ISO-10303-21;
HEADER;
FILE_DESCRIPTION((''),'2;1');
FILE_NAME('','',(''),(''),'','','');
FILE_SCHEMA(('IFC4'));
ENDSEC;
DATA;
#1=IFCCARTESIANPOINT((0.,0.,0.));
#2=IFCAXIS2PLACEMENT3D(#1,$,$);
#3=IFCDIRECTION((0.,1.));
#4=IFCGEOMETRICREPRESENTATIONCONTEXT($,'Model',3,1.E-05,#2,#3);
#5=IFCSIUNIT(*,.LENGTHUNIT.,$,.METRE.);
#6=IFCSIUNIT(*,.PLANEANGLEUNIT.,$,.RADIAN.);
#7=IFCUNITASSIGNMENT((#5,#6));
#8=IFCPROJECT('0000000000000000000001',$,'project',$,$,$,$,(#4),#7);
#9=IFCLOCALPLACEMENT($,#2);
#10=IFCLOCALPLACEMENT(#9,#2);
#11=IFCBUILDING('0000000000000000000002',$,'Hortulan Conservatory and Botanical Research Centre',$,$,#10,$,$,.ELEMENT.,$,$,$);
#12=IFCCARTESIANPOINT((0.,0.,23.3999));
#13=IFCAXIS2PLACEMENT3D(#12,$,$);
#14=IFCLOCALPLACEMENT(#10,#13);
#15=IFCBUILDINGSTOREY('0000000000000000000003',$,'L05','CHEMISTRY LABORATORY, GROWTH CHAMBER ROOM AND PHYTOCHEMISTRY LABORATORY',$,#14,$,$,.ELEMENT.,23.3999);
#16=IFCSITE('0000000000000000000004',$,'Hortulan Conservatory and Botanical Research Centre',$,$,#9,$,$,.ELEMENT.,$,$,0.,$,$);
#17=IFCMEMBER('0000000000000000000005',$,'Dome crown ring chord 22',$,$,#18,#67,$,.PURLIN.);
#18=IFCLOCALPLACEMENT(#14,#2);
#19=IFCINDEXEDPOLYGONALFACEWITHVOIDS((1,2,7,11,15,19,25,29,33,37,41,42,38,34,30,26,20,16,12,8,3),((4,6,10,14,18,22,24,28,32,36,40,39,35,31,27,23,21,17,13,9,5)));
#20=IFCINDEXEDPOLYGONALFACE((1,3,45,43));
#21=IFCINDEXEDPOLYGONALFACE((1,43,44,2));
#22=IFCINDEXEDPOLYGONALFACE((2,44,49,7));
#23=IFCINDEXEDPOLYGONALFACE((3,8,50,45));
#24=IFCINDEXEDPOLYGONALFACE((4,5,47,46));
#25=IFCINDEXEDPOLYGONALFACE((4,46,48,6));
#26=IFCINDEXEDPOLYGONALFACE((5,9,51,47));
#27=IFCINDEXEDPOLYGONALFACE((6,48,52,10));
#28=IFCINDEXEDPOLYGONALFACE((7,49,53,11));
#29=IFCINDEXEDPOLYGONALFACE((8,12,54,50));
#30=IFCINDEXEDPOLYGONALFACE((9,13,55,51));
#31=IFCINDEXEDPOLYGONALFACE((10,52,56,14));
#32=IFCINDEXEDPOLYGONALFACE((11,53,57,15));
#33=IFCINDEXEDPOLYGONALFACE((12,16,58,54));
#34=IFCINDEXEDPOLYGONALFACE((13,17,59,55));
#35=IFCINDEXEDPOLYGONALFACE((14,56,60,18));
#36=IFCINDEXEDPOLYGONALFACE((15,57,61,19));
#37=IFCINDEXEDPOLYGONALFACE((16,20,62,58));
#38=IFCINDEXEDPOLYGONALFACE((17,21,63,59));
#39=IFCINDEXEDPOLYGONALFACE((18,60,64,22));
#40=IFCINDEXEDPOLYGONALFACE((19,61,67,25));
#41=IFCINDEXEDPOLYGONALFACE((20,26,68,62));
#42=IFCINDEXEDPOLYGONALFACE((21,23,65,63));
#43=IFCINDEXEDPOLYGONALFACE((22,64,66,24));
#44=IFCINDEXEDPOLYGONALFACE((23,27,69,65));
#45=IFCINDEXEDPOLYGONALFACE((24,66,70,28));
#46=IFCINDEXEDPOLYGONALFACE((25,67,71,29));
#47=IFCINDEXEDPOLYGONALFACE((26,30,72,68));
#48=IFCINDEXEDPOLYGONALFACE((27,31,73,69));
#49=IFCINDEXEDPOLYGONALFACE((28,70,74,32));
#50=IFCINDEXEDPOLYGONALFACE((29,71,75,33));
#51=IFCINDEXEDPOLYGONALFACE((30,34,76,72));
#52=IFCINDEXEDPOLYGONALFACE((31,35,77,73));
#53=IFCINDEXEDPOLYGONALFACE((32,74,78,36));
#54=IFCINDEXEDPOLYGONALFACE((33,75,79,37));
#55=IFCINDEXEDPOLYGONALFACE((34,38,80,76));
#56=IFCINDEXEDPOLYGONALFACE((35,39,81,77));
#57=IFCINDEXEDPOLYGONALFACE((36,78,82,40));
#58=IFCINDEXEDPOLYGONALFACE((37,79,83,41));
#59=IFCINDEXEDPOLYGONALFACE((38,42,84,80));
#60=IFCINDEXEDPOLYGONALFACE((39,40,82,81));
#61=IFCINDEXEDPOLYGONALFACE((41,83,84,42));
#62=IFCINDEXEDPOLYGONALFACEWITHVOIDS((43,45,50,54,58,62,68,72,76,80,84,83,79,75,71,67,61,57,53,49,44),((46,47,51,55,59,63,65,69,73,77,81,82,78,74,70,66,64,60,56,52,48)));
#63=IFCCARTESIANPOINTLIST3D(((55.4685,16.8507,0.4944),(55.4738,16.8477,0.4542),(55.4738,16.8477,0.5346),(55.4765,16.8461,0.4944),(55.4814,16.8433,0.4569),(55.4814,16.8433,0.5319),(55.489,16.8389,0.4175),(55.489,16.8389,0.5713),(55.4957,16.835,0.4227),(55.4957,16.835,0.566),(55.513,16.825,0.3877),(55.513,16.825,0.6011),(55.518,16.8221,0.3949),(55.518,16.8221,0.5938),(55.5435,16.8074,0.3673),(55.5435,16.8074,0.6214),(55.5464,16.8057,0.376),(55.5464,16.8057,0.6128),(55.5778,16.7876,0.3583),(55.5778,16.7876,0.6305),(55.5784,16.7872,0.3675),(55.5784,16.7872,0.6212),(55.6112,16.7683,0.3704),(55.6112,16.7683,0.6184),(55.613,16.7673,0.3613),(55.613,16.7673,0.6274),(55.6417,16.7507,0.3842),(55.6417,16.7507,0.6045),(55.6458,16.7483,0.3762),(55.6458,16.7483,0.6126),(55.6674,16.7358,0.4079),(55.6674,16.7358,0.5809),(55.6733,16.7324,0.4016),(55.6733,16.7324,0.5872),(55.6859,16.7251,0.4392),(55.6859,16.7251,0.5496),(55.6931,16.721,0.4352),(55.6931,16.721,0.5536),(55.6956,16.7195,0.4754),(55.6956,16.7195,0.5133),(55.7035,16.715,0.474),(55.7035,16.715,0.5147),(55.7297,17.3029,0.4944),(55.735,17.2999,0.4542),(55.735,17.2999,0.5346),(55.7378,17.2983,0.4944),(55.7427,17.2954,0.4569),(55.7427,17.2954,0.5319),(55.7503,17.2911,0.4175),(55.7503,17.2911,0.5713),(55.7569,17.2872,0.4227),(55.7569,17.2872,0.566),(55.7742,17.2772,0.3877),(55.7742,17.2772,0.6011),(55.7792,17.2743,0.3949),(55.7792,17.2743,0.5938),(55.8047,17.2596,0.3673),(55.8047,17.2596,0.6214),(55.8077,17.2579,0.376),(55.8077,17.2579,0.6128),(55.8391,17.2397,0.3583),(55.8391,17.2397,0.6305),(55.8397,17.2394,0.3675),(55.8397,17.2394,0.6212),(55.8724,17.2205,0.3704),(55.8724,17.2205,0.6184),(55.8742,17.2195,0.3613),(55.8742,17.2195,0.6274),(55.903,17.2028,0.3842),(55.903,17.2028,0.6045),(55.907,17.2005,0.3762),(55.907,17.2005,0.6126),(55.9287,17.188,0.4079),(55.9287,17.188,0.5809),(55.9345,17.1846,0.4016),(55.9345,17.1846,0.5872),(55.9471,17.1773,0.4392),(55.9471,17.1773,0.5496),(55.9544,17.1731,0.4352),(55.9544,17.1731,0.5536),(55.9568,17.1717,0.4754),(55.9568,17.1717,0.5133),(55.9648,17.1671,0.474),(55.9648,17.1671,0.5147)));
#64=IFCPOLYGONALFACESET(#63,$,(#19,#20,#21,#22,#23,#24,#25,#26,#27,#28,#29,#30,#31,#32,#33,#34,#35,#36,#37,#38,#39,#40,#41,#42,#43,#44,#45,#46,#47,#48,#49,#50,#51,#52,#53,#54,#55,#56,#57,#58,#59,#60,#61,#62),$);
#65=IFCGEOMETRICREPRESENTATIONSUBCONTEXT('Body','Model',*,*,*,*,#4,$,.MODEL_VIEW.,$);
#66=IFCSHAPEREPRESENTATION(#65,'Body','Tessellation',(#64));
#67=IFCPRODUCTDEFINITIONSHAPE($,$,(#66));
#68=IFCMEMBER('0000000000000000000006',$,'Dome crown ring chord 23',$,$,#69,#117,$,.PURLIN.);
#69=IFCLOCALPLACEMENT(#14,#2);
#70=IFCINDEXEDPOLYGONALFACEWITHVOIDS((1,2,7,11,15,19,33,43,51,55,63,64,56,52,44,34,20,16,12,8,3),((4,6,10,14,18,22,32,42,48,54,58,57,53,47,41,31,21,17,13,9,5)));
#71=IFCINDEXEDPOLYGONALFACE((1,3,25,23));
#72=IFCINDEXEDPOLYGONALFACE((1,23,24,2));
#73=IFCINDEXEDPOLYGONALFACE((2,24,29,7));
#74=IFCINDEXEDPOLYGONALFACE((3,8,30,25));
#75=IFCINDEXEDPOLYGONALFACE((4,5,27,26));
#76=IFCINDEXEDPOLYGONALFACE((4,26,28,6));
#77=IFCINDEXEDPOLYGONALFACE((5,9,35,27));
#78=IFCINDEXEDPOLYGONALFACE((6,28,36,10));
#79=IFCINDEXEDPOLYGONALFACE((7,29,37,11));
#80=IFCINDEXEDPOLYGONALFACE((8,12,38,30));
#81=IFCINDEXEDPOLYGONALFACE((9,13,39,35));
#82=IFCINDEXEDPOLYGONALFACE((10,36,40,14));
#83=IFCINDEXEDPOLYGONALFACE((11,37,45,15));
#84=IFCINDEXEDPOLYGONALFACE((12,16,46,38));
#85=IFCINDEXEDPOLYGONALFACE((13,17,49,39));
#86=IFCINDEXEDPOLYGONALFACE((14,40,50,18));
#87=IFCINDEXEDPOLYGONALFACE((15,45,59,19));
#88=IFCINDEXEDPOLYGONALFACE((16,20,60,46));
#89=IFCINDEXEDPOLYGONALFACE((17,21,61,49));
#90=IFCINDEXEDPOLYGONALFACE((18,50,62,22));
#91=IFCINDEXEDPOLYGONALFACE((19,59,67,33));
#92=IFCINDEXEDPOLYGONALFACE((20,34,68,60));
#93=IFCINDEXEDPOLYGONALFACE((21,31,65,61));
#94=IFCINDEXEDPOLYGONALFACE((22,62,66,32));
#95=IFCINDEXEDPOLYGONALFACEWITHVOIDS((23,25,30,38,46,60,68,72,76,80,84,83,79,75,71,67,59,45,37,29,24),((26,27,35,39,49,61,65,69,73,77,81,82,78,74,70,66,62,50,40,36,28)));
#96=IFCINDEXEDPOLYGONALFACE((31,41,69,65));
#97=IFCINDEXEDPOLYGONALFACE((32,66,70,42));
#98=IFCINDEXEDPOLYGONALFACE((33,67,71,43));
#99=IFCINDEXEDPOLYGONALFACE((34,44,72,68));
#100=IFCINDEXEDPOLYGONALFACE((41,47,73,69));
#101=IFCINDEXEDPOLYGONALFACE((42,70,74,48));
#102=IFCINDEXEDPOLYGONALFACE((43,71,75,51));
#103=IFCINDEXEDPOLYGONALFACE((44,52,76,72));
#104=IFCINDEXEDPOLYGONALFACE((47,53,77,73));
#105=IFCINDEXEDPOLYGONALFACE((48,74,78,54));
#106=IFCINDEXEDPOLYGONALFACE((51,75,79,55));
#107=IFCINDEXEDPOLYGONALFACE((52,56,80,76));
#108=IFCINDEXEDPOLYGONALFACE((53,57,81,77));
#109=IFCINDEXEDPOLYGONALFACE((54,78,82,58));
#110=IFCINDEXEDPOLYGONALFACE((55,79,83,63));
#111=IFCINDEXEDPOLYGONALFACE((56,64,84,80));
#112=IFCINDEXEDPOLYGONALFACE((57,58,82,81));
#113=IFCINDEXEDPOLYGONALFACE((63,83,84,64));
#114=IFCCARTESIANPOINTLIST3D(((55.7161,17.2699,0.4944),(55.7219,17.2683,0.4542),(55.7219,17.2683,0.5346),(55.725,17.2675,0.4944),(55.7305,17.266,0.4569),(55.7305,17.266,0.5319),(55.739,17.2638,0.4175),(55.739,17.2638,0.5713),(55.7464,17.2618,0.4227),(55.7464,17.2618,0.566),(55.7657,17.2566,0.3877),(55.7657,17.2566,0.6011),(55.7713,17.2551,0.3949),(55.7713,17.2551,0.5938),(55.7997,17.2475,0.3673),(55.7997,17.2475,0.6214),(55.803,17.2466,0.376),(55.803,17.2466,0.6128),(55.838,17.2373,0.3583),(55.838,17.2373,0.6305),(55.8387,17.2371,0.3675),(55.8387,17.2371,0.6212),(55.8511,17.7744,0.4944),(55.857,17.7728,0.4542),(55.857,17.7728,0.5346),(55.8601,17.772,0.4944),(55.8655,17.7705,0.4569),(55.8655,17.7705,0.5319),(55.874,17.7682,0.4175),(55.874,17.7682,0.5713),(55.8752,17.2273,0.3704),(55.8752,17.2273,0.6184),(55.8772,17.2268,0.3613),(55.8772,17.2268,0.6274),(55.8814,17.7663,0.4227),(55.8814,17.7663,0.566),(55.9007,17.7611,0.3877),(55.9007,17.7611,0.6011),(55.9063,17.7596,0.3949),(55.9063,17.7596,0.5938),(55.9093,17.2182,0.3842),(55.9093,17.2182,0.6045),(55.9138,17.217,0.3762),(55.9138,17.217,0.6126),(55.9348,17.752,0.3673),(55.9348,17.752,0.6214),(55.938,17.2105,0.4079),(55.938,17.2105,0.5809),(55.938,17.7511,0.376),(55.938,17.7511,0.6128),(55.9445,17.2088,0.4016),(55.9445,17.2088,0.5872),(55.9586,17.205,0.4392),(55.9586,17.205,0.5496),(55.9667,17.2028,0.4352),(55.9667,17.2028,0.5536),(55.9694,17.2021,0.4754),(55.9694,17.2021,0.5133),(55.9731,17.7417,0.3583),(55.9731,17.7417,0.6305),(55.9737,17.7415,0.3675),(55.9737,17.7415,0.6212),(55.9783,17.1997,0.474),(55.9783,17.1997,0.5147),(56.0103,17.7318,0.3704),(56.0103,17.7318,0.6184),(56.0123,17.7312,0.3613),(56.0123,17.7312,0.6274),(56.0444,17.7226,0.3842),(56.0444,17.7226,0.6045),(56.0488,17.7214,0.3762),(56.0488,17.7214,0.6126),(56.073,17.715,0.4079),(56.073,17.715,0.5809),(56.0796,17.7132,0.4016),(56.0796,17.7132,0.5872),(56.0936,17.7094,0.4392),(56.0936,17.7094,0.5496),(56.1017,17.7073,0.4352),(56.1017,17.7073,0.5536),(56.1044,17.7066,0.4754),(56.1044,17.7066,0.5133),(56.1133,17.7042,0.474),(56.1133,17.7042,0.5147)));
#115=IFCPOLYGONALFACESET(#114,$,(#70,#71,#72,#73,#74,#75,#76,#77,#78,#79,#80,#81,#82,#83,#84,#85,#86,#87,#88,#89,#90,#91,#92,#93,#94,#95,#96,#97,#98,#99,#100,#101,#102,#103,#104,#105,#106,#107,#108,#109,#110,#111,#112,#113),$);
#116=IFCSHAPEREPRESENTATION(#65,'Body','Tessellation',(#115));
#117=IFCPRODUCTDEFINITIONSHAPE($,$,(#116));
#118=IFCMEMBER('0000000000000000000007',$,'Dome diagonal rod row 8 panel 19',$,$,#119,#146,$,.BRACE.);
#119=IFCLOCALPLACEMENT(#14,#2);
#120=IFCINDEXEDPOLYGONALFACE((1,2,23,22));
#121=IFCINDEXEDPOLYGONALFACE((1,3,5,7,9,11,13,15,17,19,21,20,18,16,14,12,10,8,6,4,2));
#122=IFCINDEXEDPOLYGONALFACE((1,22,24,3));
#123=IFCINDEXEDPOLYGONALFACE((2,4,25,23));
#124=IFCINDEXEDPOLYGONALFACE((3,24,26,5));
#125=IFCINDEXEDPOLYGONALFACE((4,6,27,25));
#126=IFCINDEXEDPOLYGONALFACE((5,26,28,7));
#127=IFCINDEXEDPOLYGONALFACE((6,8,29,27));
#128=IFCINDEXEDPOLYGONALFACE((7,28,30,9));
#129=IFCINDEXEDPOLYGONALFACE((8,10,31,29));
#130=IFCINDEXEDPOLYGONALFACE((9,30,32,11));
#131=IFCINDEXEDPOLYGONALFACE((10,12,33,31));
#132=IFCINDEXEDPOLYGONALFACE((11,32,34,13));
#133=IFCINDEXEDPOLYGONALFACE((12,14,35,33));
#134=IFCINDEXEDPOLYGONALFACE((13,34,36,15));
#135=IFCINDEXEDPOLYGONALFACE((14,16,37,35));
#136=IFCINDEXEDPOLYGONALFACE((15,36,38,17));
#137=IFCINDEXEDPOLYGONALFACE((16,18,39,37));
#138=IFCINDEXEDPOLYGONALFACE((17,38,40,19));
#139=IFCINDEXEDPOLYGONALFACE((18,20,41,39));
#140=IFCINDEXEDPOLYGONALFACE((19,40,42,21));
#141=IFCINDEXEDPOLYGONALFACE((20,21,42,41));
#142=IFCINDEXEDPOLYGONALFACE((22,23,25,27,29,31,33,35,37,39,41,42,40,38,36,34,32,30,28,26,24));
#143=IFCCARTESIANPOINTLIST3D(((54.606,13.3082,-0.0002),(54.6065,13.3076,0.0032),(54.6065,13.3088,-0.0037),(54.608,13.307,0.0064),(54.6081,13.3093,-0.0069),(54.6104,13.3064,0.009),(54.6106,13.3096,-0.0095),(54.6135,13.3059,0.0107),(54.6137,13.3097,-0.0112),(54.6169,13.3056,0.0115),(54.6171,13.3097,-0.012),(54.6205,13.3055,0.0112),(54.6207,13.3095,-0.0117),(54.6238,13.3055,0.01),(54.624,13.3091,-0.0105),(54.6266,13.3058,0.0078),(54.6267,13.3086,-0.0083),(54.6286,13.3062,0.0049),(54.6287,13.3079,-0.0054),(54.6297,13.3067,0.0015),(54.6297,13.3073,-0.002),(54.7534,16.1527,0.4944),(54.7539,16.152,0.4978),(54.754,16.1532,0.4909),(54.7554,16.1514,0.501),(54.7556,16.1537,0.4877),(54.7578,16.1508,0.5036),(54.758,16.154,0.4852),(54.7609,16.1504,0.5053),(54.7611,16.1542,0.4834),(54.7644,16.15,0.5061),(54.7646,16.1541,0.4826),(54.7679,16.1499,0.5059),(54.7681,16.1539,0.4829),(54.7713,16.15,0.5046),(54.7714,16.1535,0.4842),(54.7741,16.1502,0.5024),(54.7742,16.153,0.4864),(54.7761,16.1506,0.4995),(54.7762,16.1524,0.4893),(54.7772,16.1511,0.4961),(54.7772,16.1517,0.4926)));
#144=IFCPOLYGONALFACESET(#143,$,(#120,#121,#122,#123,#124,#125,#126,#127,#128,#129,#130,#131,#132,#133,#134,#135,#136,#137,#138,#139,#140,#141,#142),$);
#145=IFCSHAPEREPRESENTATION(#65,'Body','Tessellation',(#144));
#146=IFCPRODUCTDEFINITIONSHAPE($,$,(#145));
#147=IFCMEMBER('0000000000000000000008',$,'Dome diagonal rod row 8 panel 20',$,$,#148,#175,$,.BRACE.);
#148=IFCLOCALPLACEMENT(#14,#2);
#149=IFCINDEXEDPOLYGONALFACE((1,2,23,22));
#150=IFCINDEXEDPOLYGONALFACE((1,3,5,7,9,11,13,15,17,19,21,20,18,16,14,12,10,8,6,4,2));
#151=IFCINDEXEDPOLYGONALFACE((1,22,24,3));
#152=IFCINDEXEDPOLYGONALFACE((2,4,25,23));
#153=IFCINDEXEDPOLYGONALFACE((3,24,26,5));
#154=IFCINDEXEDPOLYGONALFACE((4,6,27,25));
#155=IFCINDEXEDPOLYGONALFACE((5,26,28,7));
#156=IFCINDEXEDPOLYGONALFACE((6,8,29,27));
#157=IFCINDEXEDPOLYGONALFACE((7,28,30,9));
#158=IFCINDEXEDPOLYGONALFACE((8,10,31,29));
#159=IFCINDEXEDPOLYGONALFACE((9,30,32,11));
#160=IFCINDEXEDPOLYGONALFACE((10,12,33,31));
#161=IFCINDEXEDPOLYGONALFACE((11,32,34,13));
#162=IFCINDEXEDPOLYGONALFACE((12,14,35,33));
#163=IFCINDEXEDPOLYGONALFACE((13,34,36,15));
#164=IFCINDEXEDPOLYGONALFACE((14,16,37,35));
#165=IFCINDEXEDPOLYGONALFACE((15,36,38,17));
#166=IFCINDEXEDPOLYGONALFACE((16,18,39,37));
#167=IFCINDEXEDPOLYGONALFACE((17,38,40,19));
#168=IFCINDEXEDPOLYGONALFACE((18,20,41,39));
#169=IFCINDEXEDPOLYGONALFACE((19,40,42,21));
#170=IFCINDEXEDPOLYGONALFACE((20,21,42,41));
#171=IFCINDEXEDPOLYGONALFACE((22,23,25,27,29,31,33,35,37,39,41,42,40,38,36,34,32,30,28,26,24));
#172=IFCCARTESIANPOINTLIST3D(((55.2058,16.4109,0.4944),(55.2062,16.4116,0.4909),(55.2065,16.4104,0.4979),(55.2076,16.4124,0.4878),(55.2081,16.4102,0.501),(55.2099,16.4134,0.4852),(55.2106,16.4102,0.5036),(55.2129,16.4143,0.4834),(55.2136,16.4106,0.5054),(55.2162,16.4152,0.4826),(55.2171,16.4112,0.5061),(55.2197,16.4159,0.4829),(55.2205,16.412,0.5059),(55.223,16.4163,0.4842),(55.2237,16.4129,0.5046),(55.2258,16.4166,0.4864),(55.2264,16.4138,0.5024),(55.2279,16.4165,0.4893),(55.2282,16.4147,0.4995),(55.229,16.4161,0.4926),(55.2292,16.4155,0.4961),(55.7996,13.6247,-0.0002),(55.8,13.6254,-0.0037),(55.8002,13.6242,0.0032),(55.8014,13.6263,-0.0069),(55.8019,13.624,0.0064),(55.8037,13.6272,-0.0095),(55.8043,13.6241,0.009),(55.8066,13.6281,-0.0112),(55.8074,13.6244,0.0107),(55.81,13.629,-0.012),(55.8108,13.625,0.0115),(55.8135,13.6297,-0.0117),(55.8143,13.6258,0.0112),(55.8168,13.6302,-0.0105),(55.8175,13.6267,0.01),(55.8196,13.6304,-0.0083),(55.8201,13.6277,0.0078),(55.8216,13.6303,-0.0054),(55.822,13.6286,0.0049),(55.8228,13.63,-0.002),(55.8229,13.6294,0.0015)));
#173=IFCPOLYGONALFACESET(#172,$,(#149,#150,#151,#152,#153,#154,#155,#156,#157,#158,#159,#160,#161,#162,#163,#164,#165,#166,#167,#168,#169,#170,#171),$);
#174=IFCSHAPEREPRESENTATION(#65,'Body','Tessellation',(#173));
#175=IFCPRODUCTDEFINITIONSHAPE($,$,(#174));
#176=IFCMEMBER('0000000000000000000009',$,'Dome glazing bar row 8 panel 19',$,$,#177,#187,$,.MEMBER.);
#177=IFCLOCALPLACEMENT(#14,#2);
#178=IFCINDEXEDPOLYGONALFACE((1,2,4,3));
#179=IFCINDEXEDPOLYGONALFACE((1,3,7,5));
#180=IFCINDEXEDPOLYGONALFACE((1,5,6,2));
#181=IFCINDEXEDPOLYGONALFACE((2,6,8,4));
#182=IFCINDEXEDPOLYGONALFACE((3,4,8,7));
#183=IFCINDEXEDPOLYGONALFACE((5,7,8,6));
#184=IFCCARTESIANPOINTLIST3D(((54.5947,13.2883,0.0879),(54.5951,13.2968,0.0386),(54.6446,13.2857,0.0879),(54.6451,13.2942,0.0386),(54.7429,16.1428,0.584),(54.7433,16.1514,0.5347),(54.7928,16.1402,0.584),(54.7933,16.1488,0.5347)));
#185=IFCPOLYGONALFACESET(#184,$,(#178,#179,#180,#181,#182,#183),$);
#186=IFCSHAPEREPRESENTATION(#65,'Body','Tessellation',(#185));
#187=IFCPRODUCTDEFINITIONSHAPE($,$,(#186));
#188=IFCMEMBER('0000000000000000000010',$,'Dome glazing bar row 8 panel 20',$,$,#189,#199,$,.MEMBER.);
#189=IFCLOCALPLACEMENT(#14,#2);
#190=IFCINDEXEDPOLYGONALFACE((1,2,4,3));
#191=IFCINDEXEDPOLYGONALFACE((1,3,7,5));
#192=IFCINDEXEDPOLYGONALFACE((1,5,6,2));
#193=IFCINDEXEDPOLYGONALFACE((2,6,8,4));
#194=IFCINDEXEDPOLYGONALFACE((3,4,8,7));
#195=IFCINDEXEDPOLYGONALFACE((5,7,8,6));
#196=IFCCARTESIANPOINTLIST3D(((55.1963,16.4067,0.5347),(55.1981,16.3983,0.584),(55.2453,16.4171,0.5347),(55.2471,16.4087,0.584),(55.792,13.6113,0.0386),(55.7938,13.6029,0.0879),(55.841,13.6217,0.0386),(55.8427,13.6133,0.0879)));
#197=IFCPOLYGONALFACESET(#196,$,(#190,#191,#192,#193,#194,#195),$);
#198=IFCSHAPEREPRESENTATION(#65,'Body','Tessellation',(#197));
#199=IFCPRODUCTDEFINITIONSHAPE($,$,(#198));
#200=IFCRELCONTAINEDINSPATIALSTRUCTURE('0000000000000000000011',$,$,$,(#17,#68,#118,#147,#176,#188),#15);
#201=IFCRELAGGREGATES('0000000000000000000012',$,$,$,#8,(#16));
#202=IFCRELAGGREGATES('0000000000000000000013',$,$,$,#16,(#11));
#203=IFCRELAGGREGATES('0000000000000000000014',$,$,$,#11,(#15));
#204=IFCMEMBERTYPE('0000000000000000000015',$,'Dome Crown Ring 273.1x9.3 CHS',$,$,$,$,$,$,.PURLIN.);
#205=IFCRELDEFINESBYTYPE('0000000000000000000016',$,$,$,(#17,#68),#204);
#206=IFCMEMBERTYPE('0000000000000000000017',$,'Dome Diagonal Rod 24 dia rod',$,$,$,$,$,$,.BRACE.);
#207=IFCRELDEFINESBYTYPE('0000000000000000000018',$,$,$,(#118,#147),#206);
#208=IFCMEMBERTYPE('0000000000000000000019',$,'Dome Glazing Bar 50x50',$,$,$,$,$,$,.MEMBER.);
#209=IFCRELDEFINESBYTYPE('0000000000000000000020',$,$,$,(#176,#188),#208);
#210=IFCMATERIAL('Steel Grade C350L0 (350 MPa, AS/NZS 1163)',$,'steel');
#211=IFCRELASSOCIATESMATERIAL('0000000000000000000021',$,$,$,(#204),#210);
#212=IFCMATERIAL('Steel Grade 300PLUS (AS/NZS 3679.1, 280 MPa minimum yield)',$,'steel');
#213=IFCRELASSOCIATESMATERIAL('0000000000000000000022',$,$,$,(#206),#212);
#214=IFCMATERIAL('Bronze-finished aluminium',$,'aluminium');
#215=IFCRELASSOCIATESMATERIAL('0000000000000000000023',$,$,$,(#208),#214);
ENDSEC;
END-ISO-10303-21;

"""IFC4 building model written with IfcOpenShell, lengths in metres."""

from ifc_helpers import new_model, si_unit, direction, frame, origin, origin_2d, place, context, subcontext, project, spatial, rectangle, circle, hollow_circle, extrude, material, material_profile, profile_set, type_object, element, save


model = new_model("IFC4")

# Units and contexts
model_context = context("Model", 3, precision=1e-05, world=origin(), true_north=direction((0.0, 1.0)))
body_context = subcontext(model_context, "Body", "Model", "MODEL_VIEW")
ifc_project = project(units=[si_unit("LENGTHUNIT", "METRE"), si_unit("PLANEANGLEUNIT", "RADIAN")], contexts=[model_context])

# Site, building, storey
site_placement = place(None, origin())
site = spatial("IfcSite", under=ifc_project, at=site_placement, Name="Hortulan Conservatory and Botanical Research Centre", CompositionType="ELEMENT", RefElevation=0.0)
building_placement = place(site_placement, origin())
building = spatial("IfcBuilding", under=site, at=building_placement, Name="Hortulan Conservatory and Botanical Research Centre", CompositionType="ELEMENT")
storey_placement = place(building_placement, frame((0.0, 0.0, 23.3999)))
storey = spatial("IfcBuildingStorey", under=building, at=storey_placement, Name="L05", Description="CHEMISTRY LABORATORY, GROWTH CHAMBER ROOM AND PHYTOCHEMISTRY LABORATORY", CompositionType="ELEMENT", Elevation=23.3999)

# Members
ifc_material_1 = material(Name="Steel Grade C350L0 (350 MPa, AS/NZS 1163)", Category="steel")
ifc_material_profile_1 = material_profile(ifc_material_1, hollow_circle(Radius=0.1365, WallThickness=0.0093, at=origin_2d()), Name="273.1x9.3CHS")
ifc_profile_set_1 = profile_set([ifc_material_profile_1], Name="Steel Grade C350L0 (350 MPa, AS/NZS 1163)")
member_type_1 = type_object("IfcMemberType", Name="Dome Crown Ring 273.1x9.3 CHS", PredefinedType="PURLIN", material=ifc_profile_set_1)
for number, where, z_axis, x_axis, name in (
    (1, (55.5867, 16.7825, 0.4944), (0.500262, 0.865874, 0.0), (-0.865874, 0.500262, 0.0), "Dome crown ring chord 22"),
    (2, (55.8479, 17.2346, 0.4944), (0.258565, 0.965994, 0.0), (-0.965994, 0.258565, 0.0), "Dome crown ring chord 23"),
):
    element("IfcMember", number, at=place(storey_placement, frame(where, z_axis=z_axis, x_axis=x_axis)), inside=storey, type_object=member_type_1, Name=name, PredefinedType="PURLIN", context=body_context, shape_type="SweptSolid", body=[
        extrude(hollow_circle(Radius=0.1365, WallThickness=0.0093, at=origin_2d()), origin(), (0.0, 0.0, 1.0), 0.5222),
    ])
ifc_material_2 = material(Name="Steel Grade 300PLUS (AS/NZS 3679.1, 280 MPa minimum yield)", Category="steel")
ifc_material_profile_2 = material_profile(ifc_material_2, circle(Radius=0.012, at=origin_2d()), Name="24 dia rod")
ifc_profile_set_2 = profile_set([ifc_material_profile_2], Name="Steel Grade 300PLUS (AS/NZS 3679.1, 280 MPa minimum yield)")
member_type_2 = type_object("IfcMemberType", Name="Dome Diagonal Rod 24 dia rod", PredefinedType="BRACE", material=ifc_profile_set_2)
member_1_placement = place(storey_placement, frame((54.6179, 13.3076, -0.0002), z_axis=(0.051008, 0.983933, 0.171097), x_axis=(-0.998659, 0.051772, 0.0)))
element("IfcMember", 3, at=member_1_placement, inside=storey, type_object=member_type_2, Name="Dome diagonal rod row 8 panel 19", PredefinedType="BRACE", context=body_context, shape_type="SweptSolid", body=[
    extrude(circle(Radius=0.012, at=origin_2d()), origin(), (0.0, 0.0, 1.0), 2.8909),
])
member_2_placement = place(storey_placement, frame((55.8113, 13.6272, -0.0002), z_axis=(-0.205356, 0.96362, 0.171074), x_axis=(-0.978038, -0.208429, 0.0)))
element("IfcMember", 4, at=member_2_placement, inside=storey, type_object=member_type_2, Name="Dome diagonal rod row 8 panel 20", PredefinedType="BRACE", context=body_context, shape_type="SweptSolid", body=[
    extrude(circle(Radius=0.012, at=origin_2d()), origin(), (0.0, 0.0, 1.0), 2.8914),
])
ifc_material_3 = material(Name="Bronze-finished aluminium", Category="aluminium")
ifc_material_profile_3 = material_profile(ifc_material_3, rectangle(XDim=0.05, YDim=0.05, at=origin_2d()), Name="Square bar 50x50")
ifc_profile_set_3 = profile_set([ifc_material_profile_3], Name="Bronze-finished aluminium")
member_type_3 = type_object("IfcMemberType", Name="Dome Glazing Bar 50x50", PredefinedType="MEMBER", material=ifc_profile_set_3)
member_3_placement = place(storey_placement, frame((54.6199, 13.2913, 0.0632), z_axis=(0.051082, 0.983945, 0.171004), x_axis=(-0.998655, 0.051846, 0.0)))
element("IfcMember", 5, at=member_3_placement, inside=storey, type_object=member_type_3, Name="Dome glazing bar row 8 panel 19", PredefinedType="MEMBER", context=body_context, shape_type="SweptSolid", body=[
    extrude(rectangle(XDim=0.05, YDim=0.05, at=origin_2d()), origin(), (0.0, 0.0, 1.0), 2.9011),
])
member_4_placement = place(storey_placement, frame((55.8174, 13.6123, 0.0632), z_axis=(-0.20535, 0.963632, 0.171013), x_axis=(-0.978039, -0.208421, 0.0)))
element("IfcMember", 6, at=member_4_placement, inside=storey, type_object=member_type_3, Name="Dome glazing bar row 8 panel 20", PredefinedType="MEMBER", context=body_context, shape_type="SweptSolid", body=[
    extrude(rectangle(XDim=0.05, YDim=0.05, at=origin_2d()), origin(), (0.0, 0.0, 1.0), 2.9009),
])

save(model, "model.ifc")
